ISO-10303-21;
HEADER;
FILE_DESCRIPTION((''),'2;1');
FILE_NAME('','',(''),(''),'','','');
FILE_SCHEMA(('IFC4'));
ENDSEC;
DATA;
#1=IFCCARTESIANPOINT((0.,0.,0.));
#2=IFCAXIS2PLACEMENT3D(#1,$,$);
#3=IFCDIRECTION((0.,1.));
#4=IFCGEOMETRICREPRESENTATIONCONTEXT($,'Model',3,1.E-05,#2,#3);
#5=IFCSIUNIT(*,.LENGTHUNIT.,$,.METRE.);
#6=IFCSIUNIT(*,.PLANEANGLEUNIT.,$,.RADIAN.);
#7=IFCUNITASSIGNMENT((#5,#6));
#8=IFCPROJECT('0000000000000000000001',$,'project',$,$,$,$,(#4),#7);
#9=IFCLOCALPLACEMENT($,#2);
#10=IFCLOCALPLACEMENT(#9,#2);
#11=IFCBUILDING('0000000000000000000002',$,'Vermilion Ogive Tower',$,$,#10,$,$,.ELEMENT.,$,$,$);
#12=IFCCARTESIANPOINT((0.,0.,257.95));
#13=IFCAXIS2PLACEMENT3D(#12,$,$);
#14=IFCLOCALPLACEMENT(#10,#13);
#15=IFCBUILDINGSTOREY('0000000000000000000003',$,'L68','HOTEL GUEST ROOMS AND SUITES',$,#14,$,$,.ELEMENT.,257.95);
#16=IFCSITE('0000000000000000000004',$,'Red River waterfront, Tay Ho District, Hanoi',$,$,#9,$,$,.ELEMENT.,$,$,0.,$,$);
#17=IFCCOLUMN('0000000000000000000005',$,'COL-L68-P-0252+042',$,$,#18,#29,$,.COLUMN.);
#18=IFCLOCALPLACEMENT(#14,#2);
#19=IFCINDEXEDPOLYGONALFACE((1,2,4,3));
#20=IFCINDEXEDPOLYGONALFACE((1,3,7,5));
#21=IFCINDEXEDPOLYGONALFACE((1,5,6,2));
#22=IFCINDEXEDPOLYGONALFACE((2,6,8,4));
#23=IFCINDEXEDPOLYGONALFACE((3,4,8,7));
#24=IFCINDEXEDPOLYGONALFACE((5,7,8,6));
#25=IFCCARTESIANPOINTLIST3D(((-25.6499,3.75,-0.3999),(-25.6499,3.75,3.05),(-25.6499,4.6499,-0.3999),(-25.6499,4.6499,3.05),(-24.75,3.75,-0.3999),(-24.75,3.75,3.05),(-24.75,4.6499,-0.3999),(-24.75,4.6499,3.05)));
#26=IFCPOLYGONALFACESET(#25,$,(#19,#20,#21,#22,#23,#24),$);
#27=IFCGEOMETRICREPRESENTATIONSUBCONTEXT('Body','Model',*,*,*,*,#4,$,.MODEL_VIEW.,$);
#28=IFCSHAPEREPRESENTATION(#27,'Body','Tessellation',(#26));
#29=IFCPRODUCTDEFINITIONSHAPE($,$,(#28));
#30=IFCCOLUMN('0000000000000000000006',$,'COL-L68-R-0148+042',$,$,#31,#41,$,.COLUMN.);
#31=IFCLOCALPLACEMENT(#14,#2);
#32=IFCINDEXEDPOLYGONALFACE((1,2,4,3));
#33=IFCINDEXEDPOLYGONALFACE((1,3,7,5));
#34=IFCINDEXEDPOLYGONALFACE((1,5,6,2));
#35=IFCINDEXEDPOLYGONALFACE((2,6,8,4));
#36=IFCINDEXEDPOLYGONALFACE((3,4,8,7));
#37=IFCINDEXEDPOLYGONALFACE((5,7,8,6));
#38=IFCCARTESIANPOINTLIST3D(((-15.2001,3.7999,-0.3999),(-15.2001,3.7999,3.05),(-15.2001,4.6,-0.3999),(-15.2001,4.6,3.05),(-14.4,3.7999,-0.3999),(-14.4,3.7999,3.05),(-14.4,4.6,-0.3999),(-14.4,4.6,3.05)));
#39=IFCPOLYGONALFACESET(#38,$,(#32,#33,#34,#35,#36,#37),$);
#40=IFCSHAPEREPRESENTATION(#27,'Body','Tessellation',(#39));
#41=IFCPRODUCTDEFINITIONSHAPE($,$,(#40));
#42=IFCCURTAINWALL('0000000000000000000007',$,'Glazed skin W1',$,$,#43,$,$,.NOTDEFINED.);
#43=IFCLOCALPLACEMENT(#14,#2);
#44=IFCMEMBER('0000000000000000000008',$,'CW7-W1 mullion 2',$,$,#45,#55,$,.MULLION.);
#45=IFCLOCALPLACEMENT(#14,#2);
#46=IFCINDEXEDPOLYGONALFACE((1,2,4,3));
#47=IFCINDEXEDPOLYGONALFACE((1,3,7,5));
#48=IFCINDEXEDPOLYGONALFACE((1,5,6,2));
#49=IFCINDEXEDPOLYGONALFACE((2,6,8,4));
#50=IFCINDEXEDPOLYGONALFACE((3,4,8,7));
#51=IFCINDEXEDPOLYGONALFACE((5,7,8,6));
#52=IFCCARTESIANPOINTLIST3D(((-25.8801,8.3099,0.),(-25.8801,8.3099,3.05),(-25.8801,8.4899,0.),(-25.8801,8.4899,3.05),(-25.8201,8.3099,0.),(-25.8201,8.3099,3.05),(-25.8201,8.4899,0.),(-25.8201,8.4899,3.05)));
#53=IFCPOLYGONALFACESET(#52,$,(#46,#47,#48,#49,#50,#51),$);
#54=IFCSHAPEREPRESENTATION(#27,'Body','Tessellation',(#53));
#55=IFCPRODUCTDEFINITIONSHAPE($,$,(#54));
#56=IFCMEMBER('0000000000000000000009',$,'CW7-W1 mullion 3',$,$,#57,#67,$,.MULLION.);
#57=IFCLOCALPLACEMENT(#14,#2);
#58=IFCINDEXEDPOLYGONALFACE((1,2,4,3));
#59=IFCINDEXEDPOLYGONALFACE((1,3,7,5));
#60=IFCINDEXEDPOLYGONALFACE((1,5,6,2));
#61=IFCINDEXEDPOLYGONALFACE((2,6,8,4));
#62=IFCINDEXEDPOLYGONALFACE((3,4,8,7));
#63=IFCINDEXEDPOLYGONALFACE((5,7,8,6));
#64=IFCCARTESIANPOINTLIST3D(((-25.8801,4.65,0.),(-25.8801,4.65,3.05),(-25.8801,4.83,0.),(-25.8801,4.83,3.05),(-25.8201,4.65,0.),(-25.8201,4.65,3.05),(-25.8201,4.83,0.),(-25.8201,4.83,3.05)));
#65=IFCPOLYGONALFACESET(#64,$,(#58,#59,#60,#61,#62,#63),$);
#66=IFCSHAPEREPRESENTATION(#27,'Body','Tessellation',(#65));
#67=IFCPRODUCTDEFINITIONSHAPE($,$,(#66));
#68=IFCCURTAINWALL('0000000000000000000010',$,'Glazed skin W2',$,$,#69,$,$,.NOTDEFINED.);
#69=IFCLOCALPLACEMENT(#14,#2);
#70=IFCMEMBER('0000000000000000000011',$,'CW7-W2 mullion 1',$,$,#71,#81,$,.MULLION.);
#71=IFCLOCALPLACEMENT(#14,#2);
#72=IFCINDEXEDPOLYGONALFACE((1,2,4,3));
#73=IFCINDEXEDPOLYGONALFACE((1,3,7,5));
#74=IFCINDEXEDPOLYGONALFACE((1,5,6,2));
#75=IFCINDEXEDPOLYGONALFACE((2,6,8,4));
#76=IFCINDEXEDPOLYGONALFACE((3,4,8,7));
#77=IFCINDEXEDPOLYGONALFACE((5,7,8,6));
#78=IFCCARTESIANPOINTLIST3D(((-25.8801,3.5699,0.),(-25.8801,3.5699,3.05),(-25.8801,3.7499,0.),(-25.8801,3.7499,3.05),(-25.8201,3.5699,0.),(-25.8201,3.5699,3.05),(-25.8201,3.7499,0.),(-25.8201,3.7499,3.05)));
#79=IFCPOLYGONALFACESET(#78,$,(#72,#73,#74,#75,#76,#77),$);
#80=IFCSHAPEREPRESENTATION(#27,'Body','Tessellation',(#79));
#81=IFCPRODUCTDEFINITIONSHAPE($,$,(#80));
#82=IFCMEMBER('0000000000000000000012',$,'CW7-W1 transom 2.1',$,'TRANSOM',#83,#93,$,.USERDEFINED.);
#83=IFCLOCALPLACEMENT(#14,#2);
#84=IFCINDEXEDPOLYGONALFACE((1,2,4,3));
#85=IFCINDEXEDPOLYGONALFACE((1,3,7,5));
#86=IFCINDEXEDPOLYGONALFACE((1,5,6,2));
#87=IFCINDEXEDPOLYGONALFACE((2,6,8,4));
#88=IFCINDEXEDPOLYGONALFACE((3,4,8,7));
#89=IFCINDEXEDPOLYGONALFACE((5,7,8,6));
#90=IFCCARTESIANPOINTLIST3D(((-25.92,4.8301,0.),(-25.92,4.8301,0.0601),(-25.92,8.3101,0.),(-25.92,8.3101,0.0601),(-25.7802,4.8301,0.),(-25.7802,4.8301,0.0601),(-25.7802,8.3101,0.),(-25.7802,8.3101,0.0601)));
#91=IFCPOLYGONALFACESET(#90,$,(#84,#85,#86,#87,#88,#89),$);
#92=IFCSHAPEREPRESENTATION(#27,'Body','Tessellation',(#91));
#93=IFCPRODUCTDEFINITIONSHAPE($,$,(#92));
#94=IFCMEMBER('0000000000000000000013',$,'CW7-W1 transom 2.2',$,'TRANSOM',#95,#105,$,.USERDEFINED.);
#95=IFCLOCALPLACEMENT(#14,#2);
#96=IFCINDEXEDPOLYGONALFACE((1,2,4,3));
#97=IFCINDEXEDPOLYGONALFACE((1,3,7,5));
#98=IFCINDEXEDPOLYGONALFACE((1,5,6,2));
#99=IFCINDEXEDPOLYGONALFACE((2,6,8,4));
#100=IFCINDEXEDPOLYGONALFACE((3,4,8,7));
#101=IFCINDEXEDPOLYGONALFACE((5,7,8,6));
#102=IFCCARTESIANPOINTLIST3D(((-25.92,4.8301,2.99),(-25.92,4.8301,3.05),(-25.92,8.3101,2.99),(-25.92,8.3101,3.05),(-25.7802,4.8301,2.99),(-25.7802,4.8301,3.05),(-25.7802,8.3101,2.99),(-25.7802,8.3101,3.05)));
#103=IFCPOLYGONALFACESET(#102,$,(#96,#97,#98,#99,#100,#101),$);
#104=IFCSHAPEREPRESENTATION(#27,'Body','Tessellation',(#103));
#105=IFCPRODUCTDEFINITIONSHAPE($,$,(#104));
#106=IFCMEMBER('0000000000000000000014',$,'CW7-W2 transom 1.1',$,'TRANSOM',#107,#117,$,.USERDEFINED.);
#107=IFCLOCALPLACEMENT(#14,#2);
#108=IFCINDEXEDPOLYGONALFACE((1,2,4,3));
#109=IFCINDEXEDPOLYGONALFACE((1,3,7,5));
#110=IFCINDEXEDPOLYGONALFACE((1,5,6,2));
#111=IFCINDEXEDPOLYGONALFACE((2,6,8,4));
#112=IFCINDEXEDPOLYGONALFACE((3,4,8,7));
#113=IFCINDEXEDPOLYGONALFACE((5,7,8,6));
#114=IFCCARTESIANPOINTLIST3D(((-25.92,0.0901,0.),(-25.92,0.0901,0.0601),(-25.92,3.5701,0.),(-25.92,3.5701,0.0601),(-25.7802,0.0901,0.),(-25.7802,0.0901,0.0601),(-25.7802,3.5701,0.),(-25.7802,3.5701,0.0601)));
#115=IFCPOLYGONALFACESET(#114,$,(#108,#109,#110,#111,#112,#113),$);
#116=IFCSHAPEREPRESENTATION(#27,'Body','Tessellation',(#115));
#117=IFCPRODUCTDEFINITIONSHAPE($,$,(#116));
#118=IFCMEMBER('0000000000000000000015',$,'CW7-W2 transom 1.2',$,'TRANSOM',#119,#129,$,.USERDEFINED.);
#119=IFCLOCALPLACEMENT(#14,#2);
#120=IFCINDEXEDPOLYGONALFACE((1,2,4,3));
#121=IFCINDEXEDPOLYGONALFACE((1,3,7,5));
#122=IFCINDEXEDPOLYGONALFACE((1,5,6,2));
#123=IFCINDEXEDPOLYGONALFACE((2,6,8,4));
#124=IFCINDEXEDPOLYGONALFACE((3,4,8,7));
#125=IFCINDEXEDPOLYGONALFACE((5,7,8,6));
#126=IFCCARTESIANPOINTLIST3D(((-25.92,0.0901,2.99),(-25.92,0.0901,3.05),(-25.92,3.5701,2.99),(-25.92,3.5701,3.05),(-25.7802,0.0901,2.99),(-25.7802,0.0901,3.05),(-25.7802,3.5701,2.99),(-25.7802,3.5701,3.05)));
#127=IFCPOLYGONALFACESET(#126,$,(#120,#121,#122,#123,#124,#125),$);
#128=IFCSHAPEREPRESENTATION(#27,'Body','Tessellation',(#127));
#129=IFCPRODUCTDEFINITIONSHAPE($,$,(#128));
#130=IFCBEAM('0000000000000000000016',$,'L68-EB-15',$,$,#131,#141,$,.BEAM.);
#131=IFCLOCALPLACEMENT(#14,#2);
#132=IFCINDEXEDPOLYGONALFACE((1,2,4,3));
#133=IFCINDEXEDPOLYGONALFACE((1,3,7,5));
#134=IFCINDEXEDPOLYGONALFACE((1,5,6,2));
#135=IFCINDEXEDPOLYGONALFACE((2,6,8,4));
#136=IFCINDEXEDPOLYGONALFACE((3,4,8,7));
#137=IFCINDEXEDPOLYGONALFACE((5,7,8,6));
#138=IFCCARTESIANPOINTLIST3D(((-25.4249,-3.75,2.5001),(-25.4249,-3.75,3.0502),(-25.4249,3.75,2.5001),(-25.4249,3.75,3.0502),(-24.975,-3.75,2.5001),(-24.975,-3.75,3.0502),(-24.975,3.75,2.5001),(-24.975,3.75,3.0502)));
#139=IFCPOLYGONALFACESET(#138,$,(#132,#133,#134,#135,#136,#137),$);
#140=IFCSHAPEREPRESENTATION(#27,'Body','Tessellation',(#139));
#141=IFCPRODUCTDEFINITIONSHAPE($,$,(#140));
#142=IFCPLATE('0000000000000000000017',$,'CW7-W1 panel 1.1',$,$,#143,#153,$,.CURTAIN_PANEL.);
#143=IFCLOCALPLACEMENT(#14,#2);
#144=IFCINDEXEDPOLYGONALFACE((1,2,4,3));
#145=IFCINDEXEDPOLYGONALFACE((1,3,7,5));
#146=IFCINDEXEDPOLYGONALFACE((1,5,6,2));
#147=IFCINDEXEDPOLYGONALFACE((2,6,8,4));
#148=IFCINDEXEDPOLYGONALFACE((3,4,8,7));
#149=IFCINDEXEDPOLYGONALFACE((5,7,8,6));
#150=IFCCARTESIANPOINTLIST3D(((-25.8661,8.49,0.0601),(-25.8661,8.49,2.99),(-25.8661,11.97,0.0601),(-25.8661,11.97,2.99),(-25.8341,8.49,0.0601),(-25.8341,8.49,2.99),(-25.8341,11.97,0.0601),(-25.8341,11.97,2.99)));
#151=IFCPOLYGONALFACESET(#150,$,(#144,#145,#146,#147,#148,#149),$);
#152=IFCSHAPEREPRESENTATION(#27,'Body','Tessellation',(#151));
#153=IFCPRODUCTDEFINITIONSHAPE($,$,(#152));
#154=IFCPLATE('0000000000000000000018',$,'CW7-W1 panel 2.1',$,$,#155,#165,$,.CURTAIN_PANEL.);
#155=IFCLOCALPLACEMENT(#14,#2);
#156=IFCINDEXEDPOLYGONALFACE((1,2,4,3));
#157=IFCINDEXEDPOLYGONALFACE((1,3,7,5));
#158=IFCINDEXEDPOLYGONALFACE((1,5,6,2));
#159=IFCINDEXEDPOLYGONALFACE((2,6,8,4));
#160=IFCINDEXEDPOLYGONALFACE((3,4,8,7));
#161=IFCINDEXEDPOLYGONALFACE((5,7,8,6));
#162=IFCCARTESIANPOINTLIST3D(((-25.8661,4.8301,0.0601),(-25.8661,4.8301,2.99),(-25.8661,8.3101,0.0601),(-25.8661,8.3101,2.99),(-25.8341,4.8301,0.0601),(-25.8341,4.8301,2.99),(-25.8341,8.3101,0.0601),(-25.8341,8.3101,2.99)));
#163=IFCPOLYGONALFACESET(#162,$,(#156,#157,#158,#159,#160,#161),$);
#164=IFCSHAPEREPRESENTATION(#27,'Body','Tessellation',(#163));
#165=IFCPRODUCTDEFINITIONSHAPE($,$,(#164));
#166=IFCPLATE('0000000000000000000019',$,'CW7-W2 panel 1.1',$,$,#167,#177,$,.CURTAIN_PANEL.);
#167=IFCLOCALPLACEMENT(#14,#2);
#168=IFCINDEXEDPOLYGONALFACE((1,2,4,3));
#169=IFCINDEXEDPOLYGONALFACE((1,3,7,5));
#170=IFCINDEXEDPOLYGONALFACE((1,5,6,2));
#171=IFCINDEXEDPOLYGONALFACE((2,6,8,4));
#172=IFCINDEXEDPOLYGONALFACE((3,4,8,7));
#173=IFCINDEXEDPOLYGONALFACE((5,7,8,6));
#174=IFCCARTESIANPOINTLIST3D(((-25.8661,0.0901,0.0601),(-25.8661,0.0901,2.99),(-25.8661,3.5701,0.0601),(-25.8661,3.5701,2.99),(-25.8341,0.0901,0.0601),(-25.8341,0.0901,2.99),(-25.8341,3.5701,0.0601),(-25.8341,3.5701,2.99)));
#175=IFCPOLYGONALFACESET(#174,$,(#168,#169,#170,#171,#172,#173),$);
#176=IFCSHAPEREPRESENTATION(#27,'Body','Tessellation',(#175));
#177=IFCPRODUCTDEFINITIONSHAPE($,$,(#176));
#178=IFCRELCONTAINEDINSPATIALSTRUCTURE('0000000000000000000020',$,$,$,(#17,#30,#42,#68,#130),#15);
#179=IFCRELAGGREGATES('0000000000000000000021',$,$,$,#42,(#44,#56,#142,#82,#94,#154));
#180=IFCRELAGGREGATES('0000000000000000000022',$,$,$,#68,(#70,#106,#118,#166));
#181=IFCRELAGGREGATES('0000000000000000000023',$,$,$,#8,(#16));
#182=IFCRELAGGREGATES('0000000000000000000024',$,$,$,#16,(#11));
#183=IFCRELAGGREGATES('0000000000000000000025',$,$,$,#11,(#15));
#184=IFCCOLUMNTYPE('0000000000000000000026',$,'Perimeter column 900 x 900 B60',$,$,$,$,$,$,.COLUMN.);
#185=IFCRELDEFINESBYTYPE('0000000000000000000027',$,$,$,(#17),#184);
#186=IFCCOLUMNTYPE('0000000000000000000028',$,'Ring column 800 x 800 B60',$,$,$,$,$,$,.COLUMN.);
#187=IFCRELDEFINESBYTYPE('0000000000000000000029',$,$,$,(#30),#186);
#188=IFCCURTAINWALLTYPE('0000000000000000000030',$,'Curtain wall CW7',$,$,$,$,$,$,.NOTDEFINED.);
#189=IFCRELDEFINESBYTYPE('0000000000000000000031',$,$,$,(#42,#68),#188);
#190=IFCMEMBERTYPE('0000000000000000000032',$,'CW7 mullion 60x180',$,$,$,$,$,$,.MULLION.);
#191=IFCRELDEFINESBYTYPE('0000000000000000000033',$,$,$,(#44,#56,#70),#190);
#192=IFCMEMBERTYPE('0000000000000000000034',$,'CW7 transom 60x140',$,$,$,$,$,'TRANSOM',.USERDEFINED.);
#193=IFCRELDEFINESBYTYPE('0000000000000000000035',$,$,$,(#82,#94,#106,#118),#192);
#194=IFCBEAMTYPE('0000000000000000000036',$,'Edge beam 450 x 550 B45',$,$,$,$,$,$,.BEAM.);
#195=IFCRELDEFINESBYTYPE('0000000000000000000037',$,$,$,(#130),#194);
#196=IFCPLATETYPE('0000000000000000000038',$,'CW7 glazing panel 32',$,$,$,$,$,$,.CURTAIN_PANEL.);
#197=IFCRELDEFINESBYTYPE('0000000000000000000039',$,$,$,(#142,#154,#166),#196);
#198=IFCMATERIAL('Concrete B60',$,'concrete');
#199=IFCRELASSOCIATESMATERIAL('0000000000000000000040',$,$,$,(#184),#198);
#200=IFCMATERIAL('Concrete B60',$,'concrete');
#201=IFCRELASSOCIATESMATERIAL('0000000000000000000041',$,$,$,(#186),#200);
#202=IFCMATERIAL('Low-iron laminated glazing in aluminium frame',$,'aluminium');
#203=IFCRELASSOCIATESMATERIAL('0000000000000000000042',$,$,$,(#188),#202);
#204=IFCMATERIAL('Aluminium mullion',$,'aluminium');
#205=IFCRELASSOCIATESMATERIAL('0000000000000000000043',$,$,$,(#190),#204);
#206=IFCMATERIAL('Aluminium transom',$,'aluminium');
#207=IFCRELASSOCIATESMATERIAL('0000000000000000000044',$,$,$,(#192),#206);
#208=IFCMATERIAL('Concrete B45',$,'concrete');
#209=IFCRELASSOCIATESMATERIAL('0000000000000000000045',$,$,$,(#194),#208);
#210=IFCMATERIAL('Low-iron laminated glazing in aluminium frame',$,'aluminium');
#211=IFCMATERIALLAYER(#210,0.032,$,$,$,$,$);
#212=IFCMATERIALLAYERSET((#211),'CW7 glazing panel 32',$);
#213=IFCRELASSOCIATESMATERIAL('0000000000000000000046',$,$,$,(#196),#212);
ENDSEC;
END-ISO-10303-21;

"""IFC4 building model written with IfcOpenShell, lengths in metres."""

from ifc_helpers import new_model, si_unit, direction, frame, origin, origin_2d, place, context, subcontext, project, spatial, rectangle, extrude, material, layer, layer_set, material_profile, profile_set, type_object, element, aggregate, save


model = new_model("IFC4")

# Units and contexts
model_context = context("Model", 3, precision=1e-05, world=origin(), true_north=direction((0.0, 1.0)))
body_context = subcontext(model_context, "Body", "Model", "MODEL_VIEW")
ifc_project = project(units=[si_unit("LENGTHUNIT", "METRE"), si_unit("PLANEANGLEUNIT", "RADIAN")], contexts=[model_context])

# Site, building, storey
site_placement = place(None, origin())
site = spatial("IfcSite", under=ifc_project, at=site_placement, Name="Red River waterfront, Tay Ho District, Hanoi", CompositionType="ELEMENT", RefElevation=0.0)
building_placement = place(site_placement, origin())
building = spatial("IfcBuilding", under=site, at=building_placement, Name="Vermilion Ogive Tower", CompositionType="ELEMENT")
storey_placement = place(building_placement, frame((0.0, 0.0, 257.95)))
storey = spatial("IfcBuildingStorey", under=building, at=storey_placement, Name="L68", Description="HOTEL GUEST ROOMS AND SUITES", CompositionType="ELEMENT", Elevation=257.95)

# Columns
ifc_material_1 = material(Name="Concrete B60", Category="concrete")
ifc_material_profile_1 = material_profile(ifc_material_1, rectangle(XDim=0.8999, YDim=0.8999, at=origin_2d()), Name="900 x 900")
ifc_profile_set_1 = profile_set([ifc_material_profile_1], Name="Concrete B60")
column_type_1 = type_object("IfcColumnType", Name="Perimeter column 900 x 900 B60", PredefinedType="COLUMN", material=ifc_profile_set_1)
column_1_placement = place(storey_placement, frame((-25.2, 4.2, -0.3999), z_axis=(0.0, 0.0, 1.0), x_axis=(1.0, 0.0, 0.0)))
element("IfcColumn", 1, at=column_1_placement, inside=storey, type_object=column_type_1, Name="COL-L68-P-0252+042", PredefinedType="COLUMN", context=body_context, shape_type="SweptSolid", body=[
    extrude(rectangle(XDim=0.8999, YDim=0.8999, at=origin_2d()), origin(), (0.0, 0.0, 1.0), 3.45),
])
ifc_material_2 = material(Name="Concrete B60", Category="concrete")
ifc_material_profile_2 = material_profile(ifc_material_2, rectangle(XDim=0.8, YDim=0.8, at=origin_2d()), Name="800 x 800")
ifc_profile_set_2 = profile_set([ifc_material_profile_2], Name="Concrete B60")
column_type_2 = type_object("IfcColumnType", Name="Ring column 800 x 800 B60", PredefinedType="COLUMN", material=ifc_profile_set_2)
column_2_placement = place(storey_placement, frame((-14.8, 4.2, -0.3999), z_axis=(0.0, 0.0, 1.0), x_axis=(1.0, 0.0, 0.0)))
element("IfcColumn", 2, at=column_2_placement, inside=storey, type_object=column_type_2, Name="COL-L68-R-0148+042", PredefinedType="COLUMN", context=body_context, shape_type="SweptSolid", body=[
    extrude(rectangle(XDim=0.8, YDim=0.8, at=origin_2d()), origin(), (0.0, 0.0, 1.0), 3.45),
])

# Curtain wall, members
ifc_material_3 = material(Name="Low-iron laminated glazing in aluminium frame", Category="aluminium")
curtain_wall_type = type_object("IfcCurtainWallType", Name="Curtain wall CW7", PredefinedType="NOTDEFINED", material=ifc_material_3)
curtain_wall_1_placement = place(storey_placement, origin())
curtain_wall_1 = element("IfcCurtainWall", 3, at=curtain_wall_1_placement, inside=storey, type_object=curtain_wall_type, Name="Glazed skin W1", PredefinedType="NOTDEFINED")
ifc_material_4 = material(Name="Aluminium mullion", Category="aluminium")
ifc_material_profile_3 = material_profile(ifc_material_4, rectangle(XDim=0.0601, YDim=0.1799, at=origin_2d()), Name="AL 60x180")
ifc_profile_set_3 = profile_set([ifc_material_profile_3], Name="Aluminium mullion")
member_type_1 = type_object("IfcMemberType", Name="CW7 mullion 60x180", PredefinedType="MULLION", material=ifc_profile_set_3)
member_1_placement = place(storey_placement, frame((-25.8501, 8.3999, 0.0), z_axis=(0.0, 0.0, 1.0), x_axis=(1.0, 0.0, 0.0)))
member_1 = element("IfcMember", 4, at=member_1_placement, type_object=member_type_1, Name="CW7-W1 mullion 2", PredefinedType="MULLION", context=body_context, shape_type="SweptSolid", body=[
    extrude(rectangle(XDim=0.0601, YDim=0.1799, at=origin_2d()), origin(), (0.0, 0.0, 1.0), 3.05),
])
member_2_placement = place(storey_placement, frame((-25.8501, 4.74, 0.0), z_axis=(0.0, 0.0, 1.0), x_axis=(1.0, 0.0, 0.0)))
member_2 = element("IfcMember", 5, at=member_2_placement, type_object=member_type_1, Name="CW7-W1 mullion 3", PredefinedType="MULLION", context=body_context, shape_type="SweptSolid", body=[
    extrude(rectangle(XDim=0.0601, YDim=0.1799, at=origin_2d()), origin(), (0.0, 0.0, 1.0), 3.05),
])

# Curtain wall, member
curtain_wall_2_placement = place(storey_placement, origin())
curtain_wall_2 = element("IfcCurtainWall", 6, at=curtain_wall_2_placement, inside=storey, type_object=curtain_wall_type, Name="Glazed skin W2", PredefinedType="NOTDEFINED")
member_3_placement = place(storey_placement, frame((-25.8501, 3.6599, 0.0), z_axis=(0.0, 0.0, 1.0), x_axis=(1.0, 0.0, 0.0)))
member_3 = element("IfcMember", 7, at=member_3_placement, type_object=member_type_1, Name="CW7-W2 mullion 1", PredefinedType="MULLION", context=body_context, shape_type="SweptSolid", body=[
    extrude(rectangle(XDim=0.0601, YDim=0.1799, at=origin_2d()), origin(), (0.0, 0.0, 1.0), 3.05),
])

# Members
ifc_material_5 = material(Name="Aluminium transom", Category="aluminium")
ifc_material_profile_4 = material_profile(ifc_material_5, rectangle(XDim=0.1399, YDim=0.0601, at=origin_2d()), Name="AL 60x140")
ifc_profile_set_4 = profile_set([ifc_material_profile_4], Name="Aluminium transom")
member_type_2 = type_object("IfcMemberType", Name="CW7 transom 60x140", ElementType="TRANSOM", PredefinedType="USERDEFINED", material=ifc_profile_set_4)
member_4_placement = place(storey_placement, frame((-25.8501, 8.3101, 0.03), z_axis=(0.0, -1.0, 0.0), x_axis=(1.0, 0.0, 0.0)))
member_4 = element("IfcMember", 8, at=member_4_placement, type_object=member_type_2, Name="CW7-W1 transom 2.1", ObjectType="TRANSOM", PredefinedType="USERDEFINED", context=body_context, shape_type="SweptSolid", body=[
    extrude(rectangle(XDim=0.1399, YDim=0.0601, at=origin_2d()), origin(), (0.0, 0.0, 1.0), 3.48),
])
member_5_placement = place(storey_placement, frame((-25.8501, 8.3101, 3.02), z_axis=(0.0, -1.0, 0.0), x_axis=(1.0, 0.0, 0.0)))
member_5 = element("IfcMember", 9, at=member_5_placement, type_object=member_type_2, Name="CW7-W1 transom 2.2", ObjectType="TRANSOM", PredefinedType="USERDEFINED", context=body_context, shape_type="SweptSolid", body=[
    extrude(rectangle(XDim=0.1399, YDim=0.0601, at=origin_2d()), origin(), (0.0, 0.0, 1.0), 3.48),
])
member_6_placement = place(storey_placement, frame((-25.8501, 3.5701, 0.03), z_axis=(0.0, -1.0, 0.0), x_axis=(1.0, 0.0, 0.0)))
member_6 = element("IfcMember", 10, at=member_6_placement, type_object=member_type_2, Name="CW7-W2 transom 1.1", ObjectType="TRANSOM", PredefinedType="USERDEFINED", context=body_context, shape_type="SweptSolid", body=[
    extrude(rectangle(XDim=0.1399, YDim=0.0601, at=origin_2d()), origin(), (0.0, 0.0, 1.0), 3.48),
])
member_7_placement = place(storey_placement, frame((-25.8501, 3.5701, 3.02), z_axis=(0.0, -1.0, 0.0), x_axis=(1.0, 0.0, 0.0)))
member_7 = element("IfcMember", 11, at=member_7_placement, type_object=member_type_2, Name="CW7-W2 transom 1.2", ObjectType="TRANSOM", PredefinedType="USERDEFINED", context=body_context, shape_type="SweptSolid", body=[
    extrude(rectangle(XDim=0.1399, YDim=0.0601, at=origin_2d()), origin(), (0.0, 0.0, 1.0), 3.48),
])

# Beam
ifc_material_6 = material(Name="Concrete B45", Category="concrete")
ifc_material_profile_5 = material_profile(ifc_material_6, rectangle(XDim=0.45, YDim=0.55, at=origin_2d()), Name="450 x 550")
ifc_profile_set_5 = profile_set([ifc_material_profile_5], Name="Concrete B45")
beam_type = type_object("IfcBeamType", Name="Edge beam 450 x 550 B45", PredefinedType="BEAM", material=ifc_profile_set_5)
beam_placement = place(storey_placement, frame((-25.2, 3.75, 2.7751), z_axis=(0.0, -1.0, 0.0), x_axis=(1.0, 0.0, 0.0)))
element("IfcBeam", 12, at=beam_placement, inside=storey, type_object=beam_type, Name="L68-EB-15", PredefinedType="BEAM", context=body_context, shape_type="SweptSolid", body=[
    extrude(rectangle(XDim=0.45, YDim=0.55, at=origin_2d()), origin(), (0.0, 0.0, 1.0), 7.5),
])

# Plates
ifc_material_7 = material(Name="Low-iron laminated glazing in aluminium frame", Category="aluminium")
ifc_layer_1 = layer(ifc_material_7, 0.032)
ifc_layer_set_1 = layer_set([ifc_layer_1], Name="CW7 glazing panel 32")
plate_type = type_object("IfcPlateType", Name="CW7 glazing panel 32", PredefinedType="CURTAIN_PANEL", material=ifc_layer_set_1)
plate_1_placement = place(storey_placement, frame((-25.8501, 10.23, 0.0601), z_axis=(0.0, 0.0, 1.0), x_axis=(0.0, -1.0, 0.0)))
plate_1 = element("IfcPlate", 13, at=plate_1_placement, type_object=plate_type, Name="CW7-W1 panel 1.1", PredefinedType="CURTAIN_PANEL", context=body_context, shape_type="SweptSolid", body=[
    extrude(rectangle(XDim=3.48, YDim=0.032, at=origin_2d()), origin(), (0.0, 0.0, 1.0), 2.9299),
])
plate_2_placement = place(storey_placement, frame((-25.8501, 6.5701, 0.0601), z_axis=(0.0, 0.0, 1.0), x_axis=(0.0, -1.0, 0.0)))
plate_2 = element("IfcPlate", 14, at=plate_2_placement, type_object=plate_type, Name="CW7-W1 panel 2.1", PredefinedType="CURTAIN_PANEL", context=body_context, shape_type="SweptSolid", body=[
    extrude(rectangle(XDim=3.48, YDim=0.032, at=origin_2d()), origin(), (0.0, 0.0, 1.0), 2.9299),
])
aggregate(curtain_wall_1, [member_1, member_2, plate_1, member_4, member_5, plate_2])
plate_3_placement = place(storey_placement, frame((-25.8501, 1.8301, 0.0601), z_axis=(0.0, 0.0, 1.0), x_axis=(0.0, -1.0, 0.0)))
plate_3 = element("IfcPlate", 15, at=plate_3_placement, type_object=plate_type, Name="CW7-W2 panel 1.1", PredefinedType="CURTAIN_PANEL", context=body_context, shape_type="SweptSolid", body=[
    extrude(rectangle(XDim=3.48, YDim=0.032, at=origin_2d()), origin(), (0.0, 0.0, 1.0), 2.9299),
])
aggregate(curtain_wall_2, [member_3, member_6, member_7, plate_3])

save(model, "model.ifc")
